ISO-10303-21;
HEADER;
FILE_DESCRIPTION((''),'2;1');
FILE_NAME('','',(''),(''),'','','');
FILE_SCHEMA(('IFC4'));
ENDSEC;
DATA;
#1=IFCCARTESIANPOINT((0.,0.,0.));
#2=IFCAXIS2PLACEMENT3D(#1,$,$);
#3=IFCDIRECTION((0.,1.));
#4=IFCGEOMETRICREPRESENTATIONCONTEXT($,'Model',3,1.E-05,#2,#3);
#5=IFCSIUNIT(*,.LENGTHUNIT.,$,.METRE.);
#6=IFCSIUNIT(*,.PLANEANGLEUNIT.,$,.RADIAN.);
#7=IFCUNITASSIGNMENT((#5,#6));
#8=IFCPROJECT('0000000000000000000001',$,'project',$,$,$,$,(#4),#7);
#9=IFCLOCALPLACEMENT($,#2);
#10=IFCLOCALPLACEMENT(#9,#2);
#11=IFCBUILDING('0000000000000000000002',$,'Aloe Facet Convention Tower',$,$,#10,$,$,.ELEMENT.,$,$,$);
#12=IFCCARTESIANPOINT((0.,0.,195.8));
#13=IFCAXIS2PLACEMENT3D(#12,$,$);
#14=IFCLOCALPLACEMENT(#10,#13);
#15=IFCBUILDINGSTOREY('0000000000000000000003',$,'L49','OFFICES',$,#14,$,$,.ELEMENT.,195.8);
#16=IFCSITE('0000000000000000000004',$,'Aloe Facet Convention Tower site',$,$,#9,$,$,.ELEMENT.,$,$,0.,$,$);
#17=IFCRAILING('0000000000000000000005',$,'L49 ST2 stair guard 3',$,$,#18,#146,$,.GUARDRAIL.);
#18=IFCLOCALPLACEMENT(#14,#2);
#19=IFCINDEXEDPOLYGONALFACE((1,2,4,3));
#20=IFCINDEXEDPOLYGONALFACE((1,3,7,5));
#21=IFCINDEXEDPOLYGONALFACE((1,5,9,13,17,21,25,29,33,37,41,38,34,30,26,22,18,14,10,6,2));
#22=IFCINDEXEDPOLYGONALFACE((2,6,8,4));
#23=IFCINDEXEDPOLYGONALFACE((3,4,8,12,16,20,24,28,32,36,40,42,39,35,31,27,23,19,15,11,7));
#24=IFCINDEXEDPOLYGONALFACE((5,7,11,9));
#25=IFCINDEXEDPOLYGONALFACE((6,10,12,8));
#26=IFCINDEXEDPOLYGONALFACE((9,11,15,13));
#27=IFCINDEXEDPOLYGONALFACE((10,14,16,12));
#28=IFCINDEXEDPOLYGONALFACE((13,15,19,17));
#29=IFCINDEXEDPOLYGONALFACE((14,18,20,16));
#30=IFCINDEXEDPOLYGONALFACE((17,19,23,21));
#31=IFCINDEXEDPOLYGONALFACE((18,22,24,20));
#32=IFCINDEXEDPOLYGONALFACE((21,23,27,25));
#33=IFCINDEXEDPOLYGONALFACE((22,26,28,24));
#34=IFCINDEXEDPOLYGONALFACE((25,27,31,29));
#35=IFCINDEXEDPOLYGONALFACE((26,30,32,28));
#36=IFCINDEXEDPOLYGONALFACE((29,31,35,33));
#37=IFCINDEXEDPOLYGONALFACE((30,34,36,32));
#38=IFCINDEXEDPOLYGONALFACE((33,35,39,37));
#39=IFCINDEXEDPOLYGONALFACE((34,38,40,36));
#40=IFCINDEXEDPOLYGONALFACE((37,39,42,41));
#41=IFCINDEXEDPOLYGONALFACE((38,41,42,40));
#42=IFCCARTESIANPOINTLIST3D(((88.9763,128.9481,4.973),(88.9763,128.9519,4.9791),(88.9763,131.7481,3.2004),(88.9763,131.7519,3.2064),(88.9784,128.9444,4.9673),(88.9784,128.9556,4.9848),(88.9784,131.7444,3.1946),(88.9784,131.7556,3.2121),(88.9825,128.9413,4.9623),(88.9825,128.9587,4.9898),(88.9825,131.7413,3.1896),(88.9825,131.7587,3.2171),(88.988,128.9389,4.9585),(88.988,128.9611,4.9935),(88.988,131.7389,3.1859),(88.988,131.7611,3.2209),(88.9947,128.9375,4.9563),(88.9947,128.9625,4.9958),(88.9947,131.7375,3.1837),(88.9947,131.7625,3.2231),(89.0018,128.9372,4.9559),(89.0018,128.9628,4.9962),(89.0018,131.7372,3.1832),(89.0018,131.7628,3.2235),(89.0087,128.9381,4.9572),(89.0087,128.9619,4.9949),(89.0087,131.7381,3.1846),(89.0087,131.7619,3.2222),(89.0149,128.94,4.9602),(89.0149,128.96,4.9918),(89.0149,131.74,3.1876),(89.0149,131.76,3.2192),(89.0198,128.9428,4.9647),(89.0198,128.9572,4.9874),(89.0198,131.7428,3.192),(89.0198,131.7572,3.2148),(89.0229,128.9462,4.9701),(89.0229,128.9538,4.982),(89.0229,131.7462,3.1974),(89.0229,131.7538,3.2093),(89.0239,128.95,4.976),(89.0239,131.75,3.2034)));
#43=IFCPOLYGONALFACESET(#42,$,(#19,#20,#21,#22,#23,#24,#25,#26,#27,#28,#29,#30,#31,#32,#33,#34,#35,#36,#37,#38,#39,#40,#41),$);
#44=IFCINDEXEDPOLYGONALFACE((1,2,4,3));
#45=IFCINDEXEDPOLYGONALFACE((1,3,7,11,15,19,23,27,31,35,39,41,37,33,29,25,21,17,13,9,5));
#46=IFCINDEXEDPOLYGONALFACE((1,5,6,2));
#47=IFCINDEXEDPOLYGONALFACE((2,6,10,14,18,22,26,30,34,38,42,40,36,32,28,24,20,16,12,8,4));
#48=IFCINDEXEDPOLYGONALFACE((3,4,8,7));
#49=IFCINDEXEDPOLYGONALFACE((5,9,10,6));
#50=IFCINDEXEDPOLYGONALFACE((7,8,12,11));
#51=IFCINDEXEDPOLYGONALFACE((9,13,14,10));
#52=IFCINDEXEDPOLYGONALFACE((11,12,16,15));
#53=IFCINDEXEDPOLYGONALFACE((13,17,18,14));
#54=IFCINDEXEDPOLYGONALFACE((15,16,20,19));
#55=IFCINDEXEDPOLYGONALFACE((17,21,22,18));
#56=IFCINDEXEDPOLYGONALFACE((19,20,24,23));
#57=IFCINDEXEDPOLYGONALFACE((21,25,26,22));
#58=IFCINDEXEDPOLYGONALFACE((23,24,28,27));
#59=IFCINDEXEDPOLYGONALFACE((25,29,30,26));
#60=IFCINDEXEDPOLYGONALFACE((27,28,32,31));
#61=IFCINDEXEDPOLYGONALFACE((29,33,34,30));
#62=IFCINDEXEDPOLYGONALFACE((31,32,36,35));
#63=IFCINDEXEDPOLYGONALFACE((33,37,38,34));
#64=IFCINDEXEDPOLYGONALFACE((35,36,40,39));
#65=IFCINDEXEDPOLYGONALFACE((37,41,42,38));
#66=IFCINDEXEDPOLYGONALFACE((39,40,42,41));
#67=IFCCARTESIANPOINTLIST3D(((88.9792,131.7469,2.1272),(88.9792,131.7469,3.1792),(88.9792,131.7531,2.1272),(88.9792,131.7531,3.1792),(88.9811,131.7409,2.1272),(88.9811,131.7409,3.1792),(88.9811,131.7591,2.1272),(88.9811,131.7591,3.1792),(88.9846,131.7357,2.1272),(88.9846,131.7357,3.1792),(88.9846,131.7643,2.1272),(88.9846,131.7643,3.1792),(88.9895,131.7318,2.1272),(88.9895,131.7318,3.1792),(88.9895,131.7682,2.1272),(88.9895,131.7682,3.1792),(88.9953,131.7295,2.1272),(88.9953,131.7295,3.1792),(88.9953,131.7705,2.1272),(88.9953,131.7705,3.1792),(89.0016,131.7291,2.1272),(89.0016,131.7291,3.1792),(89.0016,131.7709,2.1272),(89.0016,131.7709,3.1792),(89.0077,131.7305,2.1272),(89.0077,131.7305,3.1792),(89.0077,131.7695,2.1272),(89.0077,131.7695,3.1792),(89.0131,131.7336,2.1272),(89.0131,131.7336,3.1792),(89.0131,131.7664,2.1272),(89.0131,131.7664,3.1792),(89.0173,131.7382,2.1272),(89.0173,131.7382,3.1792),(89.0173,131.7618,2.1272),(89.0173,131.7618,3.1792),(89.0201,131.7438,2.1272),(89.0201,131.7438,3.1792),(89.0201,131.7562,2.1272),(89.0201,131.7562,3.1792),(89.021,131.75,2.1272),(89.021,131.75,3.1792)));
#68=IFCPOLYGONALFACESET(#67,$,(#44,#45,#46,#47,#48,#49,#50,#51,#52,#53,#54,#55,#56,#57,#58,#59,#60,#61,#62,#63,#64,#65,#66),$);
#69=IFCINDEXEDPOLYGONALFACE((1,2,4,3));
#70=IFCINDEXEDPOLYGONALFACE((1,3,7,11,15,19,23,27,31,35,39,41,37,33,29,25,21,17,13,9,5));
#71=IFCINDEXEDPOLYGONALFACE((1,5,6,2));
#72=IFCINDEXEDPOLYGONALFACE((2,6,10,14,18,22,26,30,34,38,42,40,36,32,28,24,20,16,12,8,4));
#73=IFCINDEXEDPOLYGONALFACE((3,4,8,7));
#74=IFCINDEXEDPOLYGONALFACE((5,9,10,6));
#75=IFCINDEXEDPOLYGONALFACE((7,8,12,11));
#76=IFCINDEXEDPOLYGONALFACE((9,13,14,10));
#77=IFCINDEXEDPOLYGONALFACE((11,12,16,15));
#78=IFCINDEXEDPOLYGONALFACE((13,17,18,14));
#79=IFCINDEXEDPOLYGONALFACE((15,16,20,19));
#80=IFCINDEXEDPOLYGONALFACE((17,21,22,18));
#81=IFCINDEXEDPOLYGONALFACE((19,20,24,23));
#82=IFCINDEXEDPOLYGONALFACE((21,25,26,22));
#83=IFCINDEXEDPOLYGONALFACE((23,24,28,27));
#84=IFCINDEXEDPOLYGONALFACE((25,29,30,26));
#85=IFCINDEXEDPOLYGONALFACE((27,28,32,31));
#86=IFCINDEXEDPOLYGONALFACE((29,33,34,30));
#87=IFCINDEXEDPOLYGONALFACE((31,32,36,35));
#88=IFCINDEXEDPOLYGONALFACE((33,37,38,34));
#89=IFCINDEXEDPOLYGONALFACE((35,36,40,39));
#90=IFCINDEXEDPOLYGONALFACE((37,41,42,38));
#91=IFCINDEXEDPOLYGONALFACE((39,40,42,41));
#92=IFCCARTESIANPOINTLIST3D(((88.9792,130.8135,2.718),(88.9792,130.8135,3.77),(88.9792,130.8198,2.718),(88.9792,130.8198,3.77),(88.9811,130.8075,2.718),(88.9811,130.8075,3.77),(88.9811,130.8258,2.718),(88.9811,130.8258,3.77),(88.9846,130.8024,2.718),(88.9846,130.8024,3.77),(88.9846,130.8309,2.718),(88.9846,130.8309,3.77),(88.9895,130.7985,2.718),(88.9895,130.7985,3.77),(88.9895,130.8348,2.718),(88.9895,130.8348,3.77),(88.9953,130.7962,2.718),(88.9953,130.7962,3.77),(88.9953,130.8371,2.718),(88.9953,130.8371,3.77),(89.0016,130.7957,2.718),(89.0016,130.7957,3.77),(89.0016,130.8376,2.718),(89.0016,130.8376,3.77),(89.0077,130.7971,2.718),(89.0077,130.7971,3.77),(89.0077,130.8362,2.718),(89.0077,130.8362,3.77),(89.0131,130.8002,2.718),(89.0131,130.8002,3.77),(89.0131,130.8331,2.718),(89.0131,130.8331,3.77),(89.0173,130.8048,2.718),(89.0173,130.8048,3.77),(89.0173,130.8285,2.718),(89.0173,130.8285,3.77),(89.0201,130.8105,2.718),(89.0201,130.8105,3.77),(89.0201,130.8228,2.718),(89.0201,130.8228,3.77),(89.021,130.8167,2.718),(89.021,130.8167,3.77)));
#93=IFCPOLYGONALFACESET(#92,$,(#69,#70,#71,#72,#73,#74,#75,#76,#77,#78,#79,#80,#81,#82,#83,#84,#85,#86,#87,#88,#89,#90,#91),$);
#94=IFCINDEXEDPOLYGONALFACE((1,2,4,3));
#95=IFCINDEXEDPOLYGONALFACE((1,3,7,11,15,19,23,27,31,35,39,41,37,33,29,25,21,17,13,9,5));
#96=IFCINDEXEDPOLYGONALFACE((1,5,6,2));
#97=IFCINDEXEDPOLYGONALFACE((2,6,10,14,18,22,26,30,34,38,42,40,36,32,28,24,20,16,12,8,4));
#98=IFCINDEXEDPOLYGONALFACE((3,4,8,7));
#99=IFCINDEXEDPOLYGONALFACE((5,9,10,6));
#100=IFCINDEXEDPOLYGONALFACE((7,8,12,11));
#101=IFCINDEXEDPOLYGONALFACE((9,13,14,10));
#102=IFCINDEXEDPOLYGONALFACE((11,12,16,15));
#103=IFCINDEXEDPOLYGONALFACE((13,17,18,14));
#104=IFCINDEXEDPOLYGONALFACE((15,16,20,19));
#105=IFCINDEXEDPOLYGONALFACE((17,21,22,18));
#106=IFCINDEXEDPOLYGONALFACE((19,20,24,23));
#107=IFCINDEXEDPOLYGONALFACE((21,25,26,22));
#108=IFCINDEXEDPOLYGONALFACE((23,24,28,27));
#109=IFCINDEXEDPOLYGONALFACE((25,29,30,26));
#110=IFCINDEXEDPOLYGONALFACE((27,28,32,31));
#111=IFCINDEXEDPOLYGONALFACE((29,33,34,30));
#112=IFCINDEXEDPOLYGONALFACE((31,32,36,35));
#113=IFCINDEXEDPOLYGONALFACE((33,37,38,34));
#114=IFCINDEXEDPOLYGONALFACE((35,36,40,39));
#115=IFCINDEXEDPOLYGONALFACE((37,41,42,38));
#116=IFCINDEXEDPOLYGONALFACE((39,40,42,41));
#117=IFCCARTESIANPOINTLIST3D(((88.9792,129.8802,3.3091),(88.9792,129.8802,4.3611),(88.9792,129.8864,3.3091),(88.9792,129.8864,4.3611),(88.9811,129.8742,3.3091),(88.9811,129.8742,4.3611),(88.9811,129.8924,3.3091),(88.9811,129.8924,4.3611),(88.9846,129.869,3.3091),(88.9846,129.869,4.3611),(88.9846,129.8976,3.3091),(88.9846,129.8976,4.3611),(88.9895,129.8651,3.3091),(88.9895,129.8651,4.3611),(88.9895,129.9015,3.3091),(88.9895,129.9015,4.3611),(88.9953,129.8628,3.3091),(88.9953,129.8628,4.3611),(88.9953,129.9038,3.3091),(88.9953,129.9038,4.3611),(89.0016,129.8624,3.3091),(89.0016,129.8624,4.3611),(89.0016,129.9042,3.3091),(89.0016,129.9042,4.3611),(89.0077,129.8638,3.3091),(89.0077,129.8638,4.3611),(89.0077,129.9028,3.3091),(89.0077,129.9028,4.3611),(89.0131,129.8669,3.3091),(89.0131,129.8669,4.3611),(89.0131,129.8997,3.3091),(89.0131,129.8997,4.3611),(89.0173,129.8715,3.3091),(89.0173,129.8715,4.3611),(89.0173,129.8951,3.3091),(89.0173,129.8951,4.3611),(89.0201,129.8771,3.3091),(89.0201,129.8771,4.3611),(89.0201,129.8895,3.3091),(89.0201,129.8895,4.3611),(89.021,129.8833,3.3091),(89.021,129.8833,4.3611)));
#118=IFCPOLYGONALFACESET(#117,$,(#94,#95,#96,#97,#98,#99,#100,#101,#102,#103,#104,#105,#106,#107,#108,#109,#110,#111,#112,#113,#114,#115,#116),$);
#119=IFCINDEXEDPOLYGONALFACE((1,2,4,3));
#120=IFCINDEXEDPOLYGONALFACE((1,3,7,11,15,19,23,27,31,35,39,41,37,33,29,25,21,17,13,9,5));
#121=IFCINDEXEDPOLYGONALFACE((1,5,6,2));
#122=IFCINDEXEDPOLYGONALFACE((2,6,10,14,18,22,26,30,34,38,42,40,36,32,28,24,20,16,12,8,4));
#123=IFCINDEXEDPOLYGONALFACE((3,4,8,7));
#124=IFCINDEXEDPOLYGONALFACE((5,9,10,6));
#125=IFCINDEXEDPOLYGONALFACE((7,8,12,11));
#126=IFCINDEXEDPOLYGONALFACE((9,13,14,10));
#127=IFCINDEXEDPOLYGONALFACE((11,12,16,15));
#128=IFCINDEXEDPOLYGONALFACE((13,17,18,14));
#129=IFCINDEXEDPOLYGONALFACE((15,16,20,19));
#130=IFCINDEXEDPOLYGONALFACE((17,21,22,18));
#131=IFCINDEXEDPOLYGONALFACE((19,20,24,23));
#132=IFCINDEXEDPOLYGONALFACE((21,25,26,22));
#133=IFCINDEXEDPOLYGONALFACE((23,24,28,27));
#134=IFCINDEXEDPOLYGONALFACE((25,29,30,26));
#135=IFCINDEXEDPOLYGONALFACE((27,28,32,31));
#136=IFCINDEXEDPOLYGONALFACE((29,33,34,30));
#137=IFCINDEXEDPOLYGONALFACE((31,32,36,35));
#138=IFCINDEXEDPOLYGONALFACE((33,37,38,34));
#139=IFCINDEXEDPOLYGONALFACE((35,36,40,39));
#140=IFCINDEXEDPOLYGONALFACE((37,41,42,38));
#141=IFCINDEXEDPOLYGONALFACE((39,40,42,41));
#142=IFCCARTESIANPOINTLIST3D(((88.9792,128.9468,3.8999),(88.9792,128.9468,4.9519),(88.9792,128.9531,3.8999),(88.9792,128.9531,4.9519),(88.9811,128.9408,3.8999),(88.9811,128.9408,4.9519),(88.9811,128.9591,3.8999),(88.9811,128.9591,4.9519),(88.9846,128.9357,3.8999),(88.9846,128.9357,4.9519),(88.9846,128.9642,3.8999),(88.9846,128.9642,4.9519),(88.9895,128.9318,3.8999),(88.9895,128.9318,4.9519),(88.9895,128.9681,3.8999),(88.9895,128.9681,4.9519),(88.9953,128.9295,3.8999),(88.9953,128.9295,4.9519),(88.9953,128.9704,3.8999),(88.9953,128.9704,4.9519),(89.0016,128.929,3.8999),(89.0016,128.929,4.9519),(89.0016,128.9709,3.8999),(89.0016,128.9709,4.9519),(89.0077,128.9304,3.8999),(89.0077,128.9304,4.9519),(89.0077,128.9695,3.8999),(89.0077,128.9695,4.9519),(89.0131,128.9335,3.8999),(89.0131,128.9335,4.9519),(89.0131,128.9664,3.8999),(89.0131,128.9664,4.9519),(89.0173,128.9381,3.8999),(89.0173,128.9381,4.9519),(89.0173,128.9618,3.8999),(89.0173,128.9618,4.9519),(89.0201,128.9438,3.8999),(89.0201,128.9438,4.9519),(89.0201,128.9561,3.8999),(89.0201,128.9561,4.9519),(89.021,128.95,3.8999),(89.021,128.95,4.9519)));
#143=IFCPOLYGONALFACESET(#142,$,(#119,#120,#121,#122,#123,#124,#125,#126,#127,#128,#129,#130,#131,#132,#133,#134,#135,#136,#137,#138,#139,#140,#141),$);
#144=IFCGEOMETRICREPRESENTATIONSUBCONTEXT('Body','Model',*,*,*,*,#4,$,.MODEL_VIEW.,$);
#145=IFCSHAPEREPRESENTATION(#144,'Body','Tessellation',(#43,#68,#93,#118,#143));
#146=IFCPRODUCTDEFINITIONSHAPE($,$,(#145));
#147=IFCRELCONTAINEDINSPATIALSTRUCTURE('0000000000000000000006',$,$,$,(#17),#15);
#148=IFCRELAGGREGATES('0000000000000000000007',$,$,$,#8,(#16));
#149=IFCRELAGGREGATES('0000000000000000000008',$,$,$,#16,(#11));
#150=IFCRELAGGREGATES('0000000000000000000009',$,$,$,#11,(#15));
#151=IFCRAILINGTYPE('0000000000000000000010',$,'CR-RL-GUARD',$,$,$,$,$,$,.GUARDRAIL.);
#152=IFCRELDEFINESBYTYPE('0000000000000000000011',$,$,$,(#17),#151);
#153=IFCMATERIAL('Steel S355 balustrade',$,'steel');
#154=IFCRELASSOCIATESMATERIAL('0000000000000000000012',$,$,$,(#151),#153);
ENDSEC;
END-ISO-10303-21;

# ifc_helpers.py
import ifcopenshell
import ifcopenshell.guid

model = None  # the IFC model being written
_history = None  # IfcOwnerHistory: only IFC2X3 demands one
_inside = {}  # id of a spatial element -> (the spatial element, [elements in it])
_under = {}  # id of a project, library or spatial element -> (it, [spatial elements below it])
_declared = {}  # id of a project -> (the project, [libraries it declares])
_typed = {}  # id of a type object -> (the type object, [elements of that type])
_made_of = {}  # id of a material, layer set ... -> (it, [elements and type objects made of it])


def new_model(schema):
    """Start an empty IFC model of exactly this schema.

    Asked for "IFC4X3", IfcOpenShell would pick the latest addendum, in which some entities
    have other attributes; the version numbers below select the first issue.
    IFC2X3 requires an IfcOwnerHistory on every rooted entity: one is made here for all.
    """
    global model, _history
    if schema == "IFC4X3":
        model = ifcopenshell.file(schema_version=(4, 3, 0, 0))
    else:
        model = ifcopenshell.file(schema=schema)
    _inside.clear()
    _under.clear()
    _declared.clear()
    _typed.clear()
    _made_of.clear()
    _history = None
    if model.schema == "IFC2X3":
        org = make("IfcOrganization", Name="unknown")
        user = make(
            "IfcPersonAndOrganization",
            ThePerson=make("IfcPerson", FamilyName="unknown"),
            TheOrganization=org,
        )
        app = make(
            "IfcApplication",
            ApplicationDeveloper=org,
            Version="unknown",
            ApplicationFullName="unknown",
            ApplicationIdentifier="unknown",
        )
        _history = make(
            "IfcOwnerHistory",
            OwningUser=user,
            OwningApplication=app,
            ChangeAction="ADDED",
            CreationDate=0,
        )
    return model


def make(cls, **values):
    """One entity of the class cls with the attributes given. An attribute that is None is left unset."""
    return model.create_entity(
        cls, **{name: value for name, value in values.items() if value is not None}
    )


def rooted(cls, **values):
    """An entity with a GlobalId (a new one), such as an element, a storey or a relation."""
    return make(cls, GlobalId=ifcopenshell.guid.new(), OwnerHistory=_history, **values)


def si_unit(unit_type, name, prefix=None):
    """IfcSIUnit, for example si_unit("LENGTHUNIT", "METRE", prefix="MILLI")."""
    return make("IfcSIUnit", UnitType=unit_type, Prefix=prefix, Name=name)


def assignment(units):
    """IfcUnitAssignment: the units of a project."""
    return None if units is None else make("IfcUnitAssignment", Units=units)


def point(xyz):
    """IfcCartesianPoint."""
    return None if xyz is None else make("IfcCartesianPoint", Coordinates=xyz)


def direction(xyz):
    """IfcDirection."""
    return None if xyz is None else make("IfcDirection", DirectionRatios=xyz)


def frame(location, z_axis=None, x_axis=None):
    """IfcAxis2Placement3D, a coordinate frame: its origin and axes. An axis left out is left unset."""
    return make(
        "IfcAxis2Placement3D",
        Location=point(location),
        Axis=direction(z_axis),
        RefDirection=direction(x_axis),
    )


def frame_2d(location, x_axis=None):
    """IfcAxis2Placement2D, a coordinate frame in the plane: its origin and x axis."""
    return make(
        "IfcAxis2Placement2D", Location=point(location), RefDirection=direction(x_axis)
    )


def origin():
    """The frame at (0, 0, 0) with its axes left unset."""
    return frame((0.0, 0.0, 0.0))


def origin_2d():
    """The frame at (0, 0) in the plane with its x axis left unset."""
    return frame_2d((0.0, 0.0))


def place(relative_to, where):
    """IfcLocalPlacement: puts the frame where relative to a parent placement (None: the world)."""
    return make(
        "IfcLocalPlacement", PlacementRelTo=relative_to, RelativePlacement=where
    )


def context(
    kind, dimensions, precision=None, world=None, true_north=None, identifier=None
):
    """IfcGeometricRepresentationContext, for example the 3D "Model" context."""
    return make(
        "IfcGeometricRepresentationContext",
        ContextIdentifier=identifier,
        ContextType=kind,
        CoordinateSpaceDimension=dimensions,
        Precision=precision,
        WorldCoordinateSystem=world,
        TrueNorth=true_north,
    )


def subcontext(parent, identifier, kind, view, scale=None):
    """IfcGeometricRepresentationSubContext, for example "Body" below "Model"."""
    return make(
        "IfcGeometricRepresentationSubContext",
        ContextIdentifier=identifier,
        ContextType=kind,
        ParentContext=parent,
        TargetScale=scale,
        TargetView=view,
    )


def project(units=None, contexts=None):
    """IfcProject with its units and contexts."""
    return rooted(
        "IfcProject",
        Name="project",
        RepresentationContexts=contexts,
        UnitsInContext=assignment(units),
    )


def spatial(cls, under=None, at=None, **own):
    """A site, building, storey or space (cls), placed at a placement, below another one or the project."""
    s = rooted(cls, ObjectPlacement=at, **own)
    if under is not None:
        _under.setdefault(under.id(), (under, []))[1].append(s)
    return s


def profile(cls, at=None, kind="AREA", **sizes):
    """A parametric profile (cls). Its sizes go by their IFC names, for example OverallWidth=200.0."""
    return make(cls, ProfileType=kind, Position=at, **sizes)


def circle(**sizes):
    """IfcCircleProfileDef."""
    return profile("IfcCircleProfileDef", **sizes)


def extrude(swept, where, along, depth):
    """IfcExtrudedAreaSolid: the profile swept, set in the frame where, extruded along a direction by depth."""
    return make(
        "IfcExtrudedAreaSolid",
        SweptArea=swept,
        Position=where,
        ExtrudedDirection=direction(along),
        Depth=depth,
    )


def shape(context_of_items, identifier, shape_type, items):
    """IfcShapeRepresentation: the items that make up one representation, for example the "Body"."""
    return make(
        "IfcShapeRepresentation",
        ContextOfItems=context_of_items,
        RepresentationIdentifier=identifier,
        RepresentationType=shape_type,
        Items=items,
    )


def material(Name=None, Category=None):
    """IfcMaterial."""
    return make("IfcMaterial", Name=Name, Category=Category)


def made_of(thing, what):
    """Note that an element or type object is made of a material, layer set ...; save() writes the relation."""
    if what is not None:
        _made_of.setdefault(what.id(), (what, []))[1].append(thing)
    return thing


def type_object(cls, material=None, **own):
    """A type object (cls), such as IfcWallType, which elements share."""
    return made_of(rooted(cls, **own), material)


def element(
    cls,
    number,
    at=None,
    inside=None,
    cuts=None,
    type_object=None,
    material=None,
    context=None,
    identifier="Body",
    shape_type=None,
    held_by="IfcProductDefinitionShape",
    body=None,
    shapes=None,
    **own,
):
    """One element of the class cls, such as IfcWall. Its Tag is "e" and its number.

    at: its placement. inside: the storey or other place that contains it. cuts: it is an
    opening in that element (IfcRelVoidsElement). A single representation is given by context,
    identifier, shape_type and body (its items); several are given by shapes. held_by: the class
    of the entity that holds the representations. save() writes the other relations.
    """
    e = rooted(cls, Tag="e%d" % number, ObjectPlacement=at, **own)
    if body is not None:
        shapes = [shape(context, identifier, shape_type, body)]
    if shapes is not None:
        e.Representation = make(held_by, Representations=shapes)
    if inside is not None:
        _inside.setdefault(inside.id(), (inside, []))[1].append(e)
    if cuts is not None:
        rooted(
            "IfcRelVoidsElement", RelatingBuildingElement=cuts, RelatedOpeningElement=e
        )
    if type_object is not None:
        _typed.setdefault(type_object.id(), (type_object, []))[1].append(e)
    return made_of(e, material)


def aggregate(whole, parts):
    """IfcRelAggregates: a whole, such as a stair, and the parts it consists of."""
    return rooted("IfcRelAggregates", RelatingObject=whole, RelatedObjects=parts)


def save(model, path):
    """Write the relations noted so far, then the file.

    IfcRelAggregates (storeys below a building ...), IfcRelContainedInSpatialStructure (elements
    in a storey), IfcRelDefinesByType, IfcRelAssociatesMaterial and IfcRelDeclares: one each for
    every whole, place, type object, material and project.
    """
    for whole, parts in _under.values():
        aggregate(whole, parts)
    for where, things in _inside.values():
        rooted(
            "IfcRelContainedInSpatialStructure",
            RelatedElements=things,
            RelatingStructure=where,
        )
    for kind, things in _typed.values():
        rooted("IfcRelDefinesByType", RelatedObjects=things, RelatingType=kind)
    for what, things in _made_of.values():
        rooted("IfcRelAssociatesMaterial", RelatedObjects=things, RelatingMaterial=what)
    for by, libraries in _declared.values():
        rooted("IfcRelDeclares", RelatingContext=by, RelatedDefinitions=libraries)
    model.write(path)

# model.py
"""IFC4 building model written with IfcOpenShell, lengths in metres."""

from ifc_helpers import new_model, si_unit, direction, frame, origin, origin_2d, place, context, subcontext, project, spatial, circle, extrude, material, type_object, element, save


model = new_model("IFC4")

# Units and contexts
model_context = context("Model", 3, precision=1e-05, world=origin(), true_north=direction((0.0, 1.0)))
body_context = subcontext(model_context, "Body", "Model", "MODEL_VIEW")
ifc_project = project(units=[si_unit("LENGTHUNIT", "METRE"), si_unit("PLANEANGLEUNIT", "RADIAN")], contexts=[model_context])

# Site, building, storey
site_placement = place(None, origin())
site = spatial("IfcSite", under=ifc_project, at=site_placement, Name="Aloe Facet Convention Tower site", CompositionType="ELEMENT", RefElevation=0.0)
building_placement = place(site_placement, origin())
building = spatial("IfcBuilding", under=site, at=building_placement, Name="Aloe Facet Convention Tower", CompositionType="ELEMENT")
storey_placement = place(building_placement, frame((0.0, 0.0, 195.8)))
storey = spatial("IfcBuildingStorey", under=building, at=storey_placement, Name="L49", Description="OFFICES", CompositionType="ELEMENT", Elevation=195.8)

# Railing
ifc_material_1 = material(Name="Steel S355 balustrade", Category="steel")
railing_type_1 = type_object("IfcRailingType", Name="CR-RL-GUARD", PredefinedType="GUARDRAIL", material=ifc_material_1)
railing_1_placement = place(storey_placement, frame((89.0, 131.75, 2.1272)))
element("IfcRailing", 1, at=railing_1_placement, inside=storey, type_object=railing_type_1, Name="L49 ST2 stair guard 3", PredefinedType="GUARDRAIL", context=body_context, shape_type="SweptSolid", body=[
    extrude(circle(Radius=0.0239, at=origin_2d()), frame((0.0, 0.0, 1.0762), z_axis=(0.0, -0.844909, 0.53491), x_axis=(1.0, 0.0, 0.0)), (0.0, 0.0, 1.0), 3.314),
    extrude(circle(Radius=0.021, at=origin_2d()), origin(), (0.0, 0.0, 1.0), 1.052),
    extrude(circle(Radius=0.021, at=origin_2d()), frame((0.0, -0.9333, 0.5908)), (0.0, 0.0, 1.0), 1.052),
    extrude(circle(Radius=0.021, at=origin_2d()), frame((0.0, -1.8667, 1.1819)), (0.0, 0.0, 1.0), 1.052),
    extrude(circle(Radius=0.021, at=origin_2d()), frame((0.0, -2.8, 1.7727)), (0.0, 0.0, 1.0), 1.052),
])

save(model, "model.ifc")
